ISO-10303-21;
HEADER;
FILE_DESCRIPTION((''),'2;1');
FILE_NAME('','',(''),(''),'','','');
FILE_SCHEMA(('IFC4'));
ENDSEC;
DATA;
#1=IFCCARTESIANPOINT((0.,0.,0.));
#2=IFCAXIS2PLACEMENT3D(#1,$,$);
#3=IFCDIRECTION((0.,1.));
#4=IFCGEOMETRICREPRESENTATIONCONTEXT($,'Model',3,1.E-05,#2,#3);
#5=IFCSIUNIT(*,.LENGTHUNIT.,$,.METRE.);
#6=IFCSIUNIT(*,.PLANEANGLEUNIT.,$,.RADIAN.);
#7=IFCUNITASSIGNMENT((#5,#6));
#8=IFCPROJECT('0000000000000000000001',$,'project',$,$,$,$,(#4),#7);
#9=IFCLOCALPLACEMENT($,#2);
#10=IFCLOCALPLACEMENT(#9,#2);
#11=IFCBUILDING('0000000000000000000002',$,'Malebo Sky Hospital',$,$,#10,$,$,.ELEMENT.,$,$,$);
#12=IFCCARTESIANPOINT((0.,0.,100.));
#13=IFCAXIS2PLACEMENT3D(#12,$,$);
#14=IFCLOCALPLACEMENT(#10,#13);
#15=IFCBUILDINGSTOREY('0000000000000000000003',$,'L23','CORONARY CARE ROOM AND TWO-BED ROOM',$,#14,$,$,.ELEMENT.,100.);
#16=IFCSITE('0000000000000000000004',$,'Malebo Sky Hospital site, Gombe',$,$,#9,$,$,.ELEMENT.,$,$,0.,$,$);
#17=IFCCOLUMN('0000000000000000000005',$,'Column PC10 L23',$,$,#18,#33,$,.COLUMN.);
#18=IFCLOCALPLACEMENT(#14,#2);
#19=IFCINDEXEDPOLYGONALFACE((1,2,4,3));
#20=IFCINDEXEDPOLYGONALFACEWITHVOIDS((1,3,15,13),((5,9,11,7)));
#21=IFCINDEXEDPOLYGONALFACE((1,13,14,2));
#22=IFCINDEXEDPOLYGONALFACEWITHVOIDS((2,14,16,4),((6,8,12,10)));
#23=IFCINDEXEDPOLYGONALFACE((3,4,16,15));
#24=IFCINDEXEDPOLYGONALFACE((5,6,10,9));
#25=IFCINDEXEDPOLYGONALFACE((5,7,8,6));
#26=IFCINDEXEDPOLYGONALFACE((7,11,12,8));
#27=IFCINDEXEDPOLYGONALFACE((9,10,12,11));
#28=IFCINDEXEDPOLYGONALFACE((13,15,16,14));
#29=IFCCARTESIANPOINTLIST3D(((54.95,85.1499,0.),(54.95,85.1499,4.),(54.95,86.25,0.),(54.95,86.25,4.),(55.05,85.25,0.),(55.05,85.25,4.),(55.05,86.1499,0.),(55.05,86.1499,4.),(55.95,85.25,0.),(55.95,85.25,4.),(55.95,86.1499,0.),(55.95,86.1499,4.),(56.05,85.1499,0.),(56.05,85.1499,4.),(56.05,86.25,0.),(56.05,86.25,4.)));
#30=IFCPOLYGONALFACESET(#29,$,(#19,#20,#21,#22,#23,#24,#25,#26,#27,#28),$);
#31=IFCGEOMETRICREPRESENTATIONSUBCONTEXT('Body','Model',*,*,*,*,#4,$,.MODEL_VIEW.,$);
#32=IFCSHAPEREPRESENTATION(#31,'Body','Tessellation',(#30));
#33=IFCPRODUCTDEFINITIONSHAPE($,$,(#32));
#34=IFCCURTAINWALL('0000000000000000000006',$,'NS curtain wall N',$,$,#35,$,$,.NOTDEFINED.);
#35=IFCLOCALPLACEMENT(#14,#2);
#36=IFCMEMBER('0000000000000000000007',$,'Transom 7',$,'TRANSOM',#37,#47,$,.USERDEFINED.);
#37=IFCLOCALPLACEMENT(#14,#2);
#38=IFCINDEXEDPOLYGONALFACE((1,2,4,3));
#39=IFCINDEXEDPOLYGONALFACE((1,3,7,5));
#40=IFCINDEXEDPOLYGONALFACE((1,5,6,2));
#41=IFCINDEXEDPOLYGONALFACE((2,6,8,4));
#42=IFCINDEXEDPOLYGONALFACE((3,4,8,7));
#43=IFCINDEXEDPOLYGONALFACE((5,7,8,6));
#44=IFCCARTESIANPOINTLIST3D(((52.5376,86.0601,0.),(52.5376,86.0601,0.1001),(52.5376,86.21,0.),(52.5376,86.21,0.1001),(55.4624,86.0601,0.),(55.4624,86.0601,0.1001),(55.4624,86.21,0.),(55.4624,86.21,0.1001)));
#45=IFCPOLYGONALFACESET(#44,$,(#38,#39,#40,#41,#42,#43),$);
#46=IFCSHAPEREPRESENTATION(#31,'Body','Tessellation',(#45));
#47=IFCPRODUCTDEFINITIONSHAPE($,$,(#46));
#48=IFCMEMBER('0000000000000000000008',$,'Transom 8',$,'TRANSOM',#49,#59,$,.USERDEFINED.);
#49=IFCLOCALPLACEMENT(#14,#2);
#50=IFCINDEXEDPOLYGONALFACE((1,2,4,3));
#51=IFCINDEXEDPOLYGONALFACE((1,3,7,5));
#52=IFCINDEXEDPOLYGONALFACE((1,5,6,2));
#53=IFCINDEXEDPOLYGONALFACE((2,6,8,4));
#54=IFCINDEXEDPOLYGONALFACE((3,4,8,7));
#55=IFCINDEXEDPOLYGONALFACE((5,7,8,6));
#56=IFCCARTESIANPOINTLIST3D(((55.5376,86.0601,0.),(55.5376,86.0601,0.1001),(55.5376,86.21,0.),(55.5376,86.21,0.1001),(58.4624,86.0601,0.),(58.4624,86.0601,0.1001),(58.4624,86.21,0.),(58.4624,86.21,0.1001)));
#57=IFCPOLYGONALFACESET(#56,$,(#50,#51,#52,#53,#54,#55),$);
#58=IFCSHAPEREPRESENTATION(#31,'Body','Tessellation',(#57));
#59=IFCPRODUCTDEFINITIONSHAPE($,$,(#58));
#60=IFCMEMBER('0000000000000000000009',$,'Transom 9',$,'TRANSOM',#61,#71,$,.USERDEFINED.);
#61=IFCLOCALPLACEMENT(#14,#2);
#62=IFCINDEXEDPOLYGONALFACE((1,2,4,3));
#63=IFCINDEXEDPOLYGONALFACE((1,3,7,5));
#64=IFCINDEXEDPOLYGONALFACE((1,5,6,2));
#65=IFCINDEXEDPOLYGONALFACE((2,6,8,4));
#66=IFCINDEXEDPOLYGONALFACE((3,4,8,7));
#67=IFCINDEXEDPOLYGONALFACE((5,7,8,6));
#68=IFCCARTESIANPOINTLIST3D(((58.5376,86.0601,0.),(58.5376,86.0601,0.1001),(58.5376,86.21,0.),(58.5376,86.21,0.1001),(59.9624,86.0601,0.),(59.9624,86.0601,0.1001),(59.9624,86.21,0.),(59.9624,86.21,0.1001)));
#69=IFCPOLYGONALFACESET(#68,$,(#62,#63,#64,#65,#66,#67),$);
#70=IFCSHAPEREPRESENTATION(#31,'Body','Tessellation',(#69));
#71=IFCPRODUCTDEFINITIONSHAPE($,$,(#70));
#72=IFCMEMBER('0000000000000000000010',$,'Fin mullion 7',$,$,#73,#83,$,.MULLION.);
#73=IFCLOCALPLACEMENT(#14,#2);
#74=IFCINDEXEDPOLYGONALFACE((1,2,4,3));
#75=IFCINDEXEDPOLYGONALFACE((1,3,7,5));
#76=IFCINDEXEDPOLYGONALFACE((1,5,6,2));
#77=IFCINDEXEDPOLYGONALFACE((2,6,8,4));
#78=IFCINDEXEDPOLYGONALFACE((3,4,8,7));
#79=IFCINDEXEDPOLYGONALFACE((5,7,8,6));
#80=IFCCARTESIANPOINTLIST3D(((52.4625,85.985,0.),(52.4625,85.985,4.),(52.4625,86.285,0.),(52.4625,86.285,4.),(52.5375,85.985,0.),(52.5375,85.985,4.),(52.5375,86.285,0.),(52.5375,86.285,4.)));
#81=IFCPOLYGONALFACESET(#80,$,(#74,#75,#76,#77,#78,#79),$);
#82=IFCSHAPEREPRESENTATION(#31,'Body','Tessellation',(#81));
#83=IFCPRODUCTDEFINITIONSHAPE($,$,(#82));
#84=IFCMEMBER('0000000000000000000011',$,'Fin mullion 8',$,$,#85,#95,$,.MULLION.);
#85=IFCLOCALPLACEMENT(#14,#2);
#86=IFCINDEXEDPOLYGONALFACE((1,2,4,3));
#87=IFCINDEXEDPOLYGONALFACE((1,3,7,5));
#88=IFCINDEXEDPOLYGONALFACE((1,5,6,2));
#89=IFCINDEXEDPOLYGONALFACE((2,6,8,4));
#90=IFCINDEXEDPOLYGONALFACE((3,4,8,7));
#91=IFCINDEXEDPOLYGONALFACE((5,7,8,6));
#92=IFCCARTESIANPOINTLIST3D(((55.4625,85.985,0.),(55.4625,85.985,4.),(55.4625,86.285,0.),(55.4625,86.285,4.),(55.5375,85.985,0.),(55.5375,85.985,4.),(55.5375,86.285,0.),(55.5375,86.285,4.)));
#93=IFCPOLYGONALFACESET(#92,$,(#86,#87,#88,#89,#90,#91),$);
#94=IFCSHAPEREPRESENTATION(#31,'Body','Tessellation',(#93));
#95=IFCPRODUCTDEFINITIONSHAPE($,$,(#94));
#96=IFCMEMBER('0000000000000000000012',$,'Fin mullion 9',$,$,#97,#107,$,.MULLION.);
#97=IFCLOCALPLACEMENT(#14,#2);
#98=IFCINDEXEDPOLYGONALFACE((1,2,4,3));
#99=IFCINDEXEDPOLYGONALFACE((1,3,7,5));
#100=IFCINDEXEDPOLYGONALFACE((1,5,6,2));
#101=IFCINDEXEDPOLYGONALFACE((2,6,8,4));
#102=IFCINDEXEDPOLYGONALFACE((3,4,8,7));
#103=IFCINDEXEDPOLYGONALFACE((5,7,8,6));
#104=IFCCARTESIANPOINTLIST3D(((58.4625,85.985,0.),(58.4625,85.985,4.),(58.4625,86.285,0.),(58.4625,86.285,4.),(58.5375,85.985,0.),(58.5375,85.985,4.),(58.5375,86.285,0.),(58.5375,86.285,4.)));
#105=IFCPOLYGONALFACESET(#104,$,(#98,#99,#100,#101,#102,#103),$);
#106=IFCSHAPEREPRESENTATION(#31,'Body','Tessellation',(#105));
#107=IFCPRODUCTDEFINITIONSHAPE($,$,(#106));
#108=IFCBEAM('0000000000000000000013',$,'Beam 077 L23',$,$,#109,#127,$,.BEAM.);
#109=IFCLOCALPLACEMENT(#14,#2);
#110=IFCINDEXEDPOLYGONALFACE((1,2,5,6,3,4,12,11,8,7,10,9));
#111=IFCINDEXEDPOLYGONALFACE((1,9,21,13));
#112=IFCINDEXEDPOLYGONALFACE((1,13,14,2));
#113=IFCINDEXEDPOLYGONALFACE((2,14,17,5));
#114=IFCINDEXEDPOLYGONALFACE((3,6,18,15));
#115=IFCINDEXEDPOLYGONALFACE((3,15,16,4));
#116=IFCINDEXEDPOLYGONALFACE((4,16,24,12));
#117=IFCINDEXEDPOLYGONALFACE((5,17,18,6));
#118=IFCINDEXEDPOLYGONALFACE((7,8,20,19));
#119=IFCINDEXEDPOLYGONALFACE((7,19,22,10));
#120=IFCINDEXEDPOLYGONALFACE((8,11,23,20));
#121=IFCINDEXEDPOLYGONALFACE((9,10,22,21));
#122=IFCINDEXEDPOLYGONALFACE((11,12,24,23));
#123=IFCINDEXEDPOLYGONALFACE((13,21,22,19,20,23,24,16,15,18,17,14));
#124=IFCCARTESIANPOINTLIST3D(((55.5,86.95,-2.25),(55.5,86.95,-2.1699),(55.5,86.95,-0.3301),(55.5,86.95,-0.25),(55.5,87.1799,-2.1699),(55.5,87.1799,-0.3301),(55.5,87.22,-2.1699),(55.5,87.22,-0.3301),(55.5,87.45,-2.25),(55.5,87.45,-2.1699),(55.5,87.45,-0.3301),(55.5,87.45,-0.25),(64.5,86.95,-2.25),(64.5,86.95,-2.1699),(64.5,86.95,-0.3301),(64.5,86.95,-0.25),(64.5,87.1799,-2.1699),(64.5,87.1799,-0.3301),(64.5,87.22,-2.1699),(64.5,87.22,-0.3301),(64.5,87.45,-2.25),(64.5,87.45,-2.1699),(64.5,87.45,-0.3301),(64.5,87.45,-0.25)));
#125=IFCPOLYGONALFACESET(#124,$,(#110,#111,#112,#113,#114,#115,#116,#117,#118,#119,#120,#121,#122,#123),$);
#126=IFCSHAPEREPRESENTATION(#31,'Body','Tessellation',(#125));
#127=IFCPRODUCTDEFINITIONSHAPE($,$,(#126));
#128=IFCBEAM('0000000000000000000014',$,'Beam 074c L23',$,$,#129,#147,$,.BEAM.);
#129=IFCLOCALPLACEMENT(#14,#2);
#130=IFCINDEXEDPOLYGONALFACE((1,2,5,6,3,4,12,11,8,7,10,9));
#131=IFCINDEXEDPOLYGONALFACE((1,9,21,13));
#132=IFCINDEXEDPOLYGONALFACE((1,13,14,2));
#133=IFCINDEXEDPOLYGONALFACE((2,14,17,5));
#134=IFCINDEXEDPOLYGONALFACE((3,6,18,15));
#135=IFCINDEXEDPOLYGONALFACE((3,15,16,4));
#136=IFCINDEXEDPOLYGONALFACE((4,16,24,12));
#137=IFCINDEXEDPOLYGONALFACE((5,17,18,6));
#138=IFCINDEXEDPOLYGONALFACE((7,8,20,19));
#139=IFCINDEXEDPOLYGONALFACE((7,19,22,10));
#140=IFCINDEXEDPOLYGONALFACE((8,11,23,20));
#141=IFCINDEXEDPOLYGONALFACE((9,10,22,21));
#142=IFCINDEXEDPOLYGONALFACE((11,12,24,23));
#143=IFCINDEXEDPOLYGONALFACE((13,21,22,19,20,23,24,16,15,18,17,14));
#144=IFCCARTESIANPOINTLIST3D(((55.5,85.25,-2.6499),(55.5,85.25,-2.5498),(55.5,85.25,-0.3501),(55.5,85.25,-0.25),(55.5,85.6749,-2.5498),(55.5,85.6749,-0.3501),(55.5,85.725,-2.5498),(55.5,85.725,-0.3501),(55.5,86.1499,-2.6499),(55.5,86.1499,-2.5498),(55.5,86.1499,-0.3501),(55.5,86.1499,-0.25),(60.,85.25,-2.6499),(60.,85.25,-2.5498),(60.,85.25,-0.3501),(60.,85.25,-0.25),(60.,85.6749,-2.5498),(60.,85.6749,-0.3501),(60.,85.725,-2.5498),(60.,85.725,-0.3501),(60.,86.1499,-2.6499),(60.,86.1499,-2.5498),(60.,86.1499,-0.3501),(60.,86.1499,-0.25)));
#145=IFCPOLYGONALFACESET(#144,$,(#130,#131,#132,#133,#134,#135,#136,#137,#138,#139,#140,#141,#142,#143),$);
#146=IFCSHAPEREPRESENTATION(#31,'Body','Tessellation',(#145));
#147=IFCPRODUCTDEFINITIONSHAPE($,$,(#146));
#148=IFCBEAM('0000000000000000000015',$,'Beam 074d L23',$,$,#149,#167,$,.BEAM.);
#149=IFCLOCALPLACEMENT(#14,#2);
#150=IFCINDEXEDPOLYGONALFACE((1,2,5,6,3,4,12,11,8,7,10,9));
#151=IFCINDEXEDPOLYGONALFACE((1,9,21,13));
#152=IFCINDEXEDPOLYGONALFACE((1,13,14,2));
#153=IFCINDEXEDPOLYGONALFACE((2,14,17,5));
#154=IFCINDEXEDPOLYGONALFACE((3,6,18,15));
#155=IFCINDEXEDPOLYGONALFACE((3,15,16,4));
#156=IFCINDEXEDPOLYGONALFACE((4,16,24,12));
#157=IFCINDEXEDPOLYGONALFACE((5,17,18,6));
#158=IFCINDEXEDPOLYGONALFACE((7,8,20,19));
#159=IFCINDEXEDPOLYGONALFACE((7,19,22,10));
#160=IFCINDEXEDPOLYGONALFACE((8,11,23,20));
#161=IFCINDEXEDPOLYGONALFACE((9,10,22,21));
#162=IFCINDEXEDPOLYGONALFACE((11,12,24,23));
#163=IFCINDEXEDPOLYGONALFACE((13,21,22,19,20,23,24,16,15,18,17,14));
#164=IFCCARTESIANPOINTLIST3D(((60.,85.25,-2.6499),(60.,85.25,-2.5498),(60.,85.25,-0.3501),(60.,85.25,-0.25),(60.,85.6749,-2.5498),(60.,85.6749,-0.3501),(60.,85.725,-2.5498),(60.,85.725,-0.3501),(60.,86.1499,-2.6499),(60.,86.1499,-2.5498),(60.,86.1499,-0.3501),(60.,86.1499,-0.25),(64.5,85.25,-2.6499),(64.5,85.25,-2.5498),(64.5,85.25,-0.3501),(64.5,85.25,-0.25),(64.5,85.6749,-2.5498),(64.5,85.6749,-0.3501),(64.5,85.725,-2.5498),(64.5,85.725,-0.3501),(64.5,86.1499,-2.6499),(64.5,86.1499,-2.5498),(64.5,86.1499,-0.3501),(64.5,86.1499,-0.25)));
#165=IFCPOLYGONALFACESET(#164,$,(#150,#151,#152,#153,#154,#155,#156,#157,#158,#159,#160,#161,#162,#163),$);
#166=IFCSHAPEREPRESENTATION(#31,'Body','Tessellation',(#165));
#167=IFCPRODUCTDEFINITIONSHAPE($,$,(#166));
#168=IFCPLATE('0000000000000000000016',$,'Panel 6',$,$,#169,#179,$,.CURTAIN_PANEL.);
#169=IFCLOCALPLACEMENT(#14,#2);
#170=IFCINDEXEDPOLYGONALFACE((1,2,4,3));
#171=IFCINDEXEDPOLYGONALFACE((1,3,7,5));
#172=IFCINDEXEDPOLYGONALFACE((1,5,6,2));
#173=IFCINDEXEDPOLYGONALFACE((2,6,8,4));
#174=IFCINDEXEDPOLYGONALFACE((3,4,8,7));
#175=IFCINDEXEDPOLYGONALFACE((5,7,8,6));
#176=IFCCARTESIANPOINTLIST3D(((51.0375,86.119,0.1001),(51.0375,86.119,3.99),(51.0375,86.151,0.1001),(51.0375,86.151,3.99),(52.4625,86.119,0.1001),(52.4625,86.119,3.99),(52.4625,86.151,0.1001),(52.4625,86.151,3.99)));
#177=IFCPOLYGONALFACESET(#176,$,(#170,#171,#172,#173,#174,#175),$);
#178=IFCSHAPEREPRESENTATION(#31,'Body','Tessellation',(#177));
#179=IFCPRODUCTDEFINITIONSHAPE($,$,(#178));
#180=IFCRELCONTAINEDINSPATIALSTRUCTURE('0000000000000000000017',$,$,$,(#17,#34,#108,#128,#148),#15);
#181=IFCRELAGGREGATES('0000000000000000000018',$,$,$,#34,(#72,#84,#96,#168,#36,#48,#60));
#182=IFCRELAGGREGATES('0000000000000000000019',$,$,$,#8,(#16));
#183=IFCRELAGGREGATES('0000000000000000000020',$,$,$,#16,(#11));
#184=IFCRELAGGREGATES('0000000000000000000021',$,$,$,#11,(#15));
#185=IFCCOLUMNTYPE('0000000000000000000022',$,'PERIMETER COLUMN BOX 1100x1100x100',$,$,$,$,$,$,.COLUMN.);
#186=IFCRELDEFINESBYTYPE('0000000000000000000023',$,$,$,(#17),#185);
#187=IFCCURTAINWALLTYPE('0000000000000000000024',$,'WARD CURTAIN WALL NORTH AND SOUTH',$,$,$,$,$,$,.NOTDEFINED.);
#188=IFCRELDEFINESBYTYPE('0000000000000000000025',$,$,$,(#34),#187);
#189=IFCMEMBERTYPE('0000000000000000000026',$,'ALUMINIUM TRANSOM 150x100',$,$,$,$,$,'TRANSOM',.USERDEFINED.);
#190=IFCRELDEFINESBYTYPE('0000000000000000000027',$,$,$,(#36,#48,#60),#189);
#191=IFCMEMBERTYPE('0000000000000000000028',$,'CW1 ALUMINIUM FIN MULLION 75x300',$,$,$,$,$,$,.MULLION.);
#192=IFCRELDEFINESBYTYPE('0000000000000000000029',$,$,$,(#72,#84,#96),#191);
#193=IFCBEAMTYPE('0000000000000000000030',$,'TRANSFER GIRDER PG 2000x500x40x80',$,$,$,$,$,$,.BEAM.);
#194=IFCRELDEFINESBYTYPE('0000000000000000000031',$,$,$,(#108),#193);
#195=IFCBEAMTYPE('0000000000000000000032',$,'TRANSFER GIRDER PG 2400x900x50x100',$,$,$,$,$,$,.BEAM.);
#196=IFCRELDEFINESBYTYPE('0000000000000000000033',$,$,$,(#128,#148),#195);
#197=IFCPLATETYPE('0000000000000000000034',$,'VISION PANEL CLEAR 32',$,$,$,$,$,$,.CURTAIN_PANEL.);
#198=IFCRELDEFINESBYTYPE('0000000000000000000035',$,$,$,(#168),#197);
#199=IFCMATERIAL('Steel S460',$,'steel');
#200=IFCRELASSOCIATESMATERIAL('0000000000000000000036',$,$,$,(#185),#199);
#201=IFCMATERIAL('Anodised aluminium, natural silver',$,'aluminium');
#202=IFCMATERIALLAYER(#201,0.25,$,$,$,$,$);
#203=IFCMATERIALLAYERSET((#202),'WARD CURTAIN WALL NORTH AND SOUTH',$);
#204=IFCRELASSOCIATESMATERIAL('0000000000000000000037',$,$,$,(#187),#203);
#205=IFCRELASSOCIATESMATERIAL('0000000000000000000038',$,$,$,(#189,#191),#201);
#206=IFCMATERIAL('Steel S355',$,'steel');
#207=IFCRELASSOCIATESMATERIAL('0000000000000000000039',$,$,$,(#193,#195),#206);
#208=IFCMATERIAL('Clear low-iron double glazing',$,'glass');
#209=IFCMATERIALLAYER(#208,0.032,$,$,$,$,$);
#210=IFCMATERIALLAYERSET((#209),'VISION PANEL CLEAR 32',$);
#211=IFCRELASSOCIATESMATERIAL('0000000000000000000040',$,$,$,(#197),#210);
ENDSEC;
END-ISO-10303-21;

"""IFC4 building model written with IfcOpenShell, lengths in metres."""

from ifc_helpers import new_model, si_unit, direction, frame, origin, origin_2d, place, context, subcontext, project, spatial, rectangle, hollow_rectangle, i_section, extrude, material, layer, layer_set, material_profile, profile_set, type_object, element, aggregate, save


model = new_model("IFC4")

# Units and contexts
model_context = context("Model", 3, precision=1e-05, world=origin(), true_north=direction((0.0, 1.0)))
body_context = subcontext(model_context, "Body", "Model", "MODEL_VIEW")
ifc_project = project(units=[si_unit("LENGTHUNIT", "METRE"), si_unit("PLANEANGLEUNIT", "RADIAN")], contexts=[model_context])

# Site, building, storey
site_placement = place(None, origin())
site = spatial("IfcSite", under=ifc_project, at=site_placement, Name="Malebo Sky Hospital site, Gombe", CompositionType="ELEMENT", RefElevation=0.0)
building_placement = place(site_placement, origin())
building = spatial("IfcBuilding", under=site, at=building_placement, Name="Malebo Sky Hospital", CompositionType="ELEMENT")
storey_placement = place(building_placement, frame((0.0, 0.0, 100.0)))
storey = spatial("IfcBuildingStorey", under=building, at=storey_placement, Name="L23", Description="CORONARY CARE ROOM AND TWO-BED ROOM", CompositionType="ELEMENT", Elevation=100.0)

# Column
ifc_material_1 = material(Name="Steel S460", Category="steel")
ifc_material_profile_1 = material_profile(ifc_material_1, hollow_rectangle(XDim=1.1001, YDim=1.1001, WallThickness=0.1001, at=origin_2d()), Name="BOX 1100x1100x100")
ifc_profile_set_1 = profile_set([ifc_material_profile_1], Name="Steel S460")
column_type = type_object("IfcColumnType", Name="PERIMETER COLUMN BOX 1100x1100x100", PredefinedType="COLUMN", material=ifc_profile_set_1)
column_placement = place(storey_placement, frame((55.5, 85.7, 0.0), z_axis=(0.0, 0.0, 1.0), x_axis=(1.0, 0.0, 0.0)))
element("IfcColumn", 1, at=column_placement, inside=storey, type_object=column_type, Name="Column PC10 L23", PredefinedType="COLUMN", context=body_context, shape_type="SweptSolid", body=[
    extrude(hollow_rectangle(XDim=1.1001, YDim=1.1001, WallThickness=0.1001, at=origin_2d()), origin(), (0.0, 0.0, 1.0), 4.0),
])

# Curtain wall, members
ifc_material_2 = material(Name="Anodised aluminium, natural silver", Category="aluminium")
ifc_layer_1 = layer(ifc_material_2, 0.25)
ifc_layer_set_1 = layer_set([ifc_layer_1], Name="WARD CURTAIN WALL NORTH AND SOUTH")
curtain_wall_type = type_object("IfcCurtainWallType", Name="WARD CURTAIN WALL NORTH AND SOUTH", PredefinedType="NOTDEFINED", material=ifc_layer_set_1)
curtain_wall_placement = place(storey_placement, origin())
curtain_wall = element("IfcCurtainWall", 2, at=curtain_wall_placement, inside=storey, type_object=curtain_wall_type, Name="NS curtain wall N", PredefinedType="NOTDEFINED")
ifc_material_profile_2 = material_profile(ifc_material_2, rectangle(XDim=0.1499, YDim=0.1001, at=origin_2d()), Name="ALUMINIUM TRANSOM 150x100")
ifc_profile_set_2 = profile_set([ifc_material_profile_2], Name="Anodised aluminium, natural silver")
member_type_1 = type_object("IfcMemberType", Name="ALUMINIUM TRANSOM 150x100", ElementType="TRANSOM", PredefinedType="USERDEFINED", material=ifc_profile_set_2)
member_1_placement = place(storey_placement, frame((52.5376, 86.135, 0.05), z_axis=(1.0, 0.0, 0.0), x_axis=(0.0, 1.0, 0.0)))
member_1 = element("IfcMember", 3, at=member_1_placement, type_object=member_type_1, Name="Transom 7", ObjectType="TRANSOM", PredefinedType="USERDEFINED", context=body_context, shape_type="SweptSolid", body=[
    extrude(rectangle(XDim=0.1499, YDim=0.1001, at=origin_2d()), origin(), (0.0, 0.0, 1.0), 2.9248),
])
member_2_placement = place(storey_placement, frame((55.5376, 86.135, 0.05), z_axis=(1.0, 0.0, 0.0), x_axis=(0.0, 1.0, 0.0)))
member_2 = element("IfcMember", 4, at=member_2_placement, type_object=member_type_1, Name="Transom 8", ObjectType="TRANSOM", PredefinedType="USERDEFINED", context=body_context, shape_type="SweptSolid", body=[
    extrude(rectangle(XDim=0.1499, YDim=0.1001, at=origin_2d()), origin(), (0.0, 0.0, 1.0), 2.9248),
])
member_3_placement = place(storey_placement, frame((58.5376, 86.135, 0.05), z_axis=(1.0, 0.0, 0.0), x_axis=(0.0, 1.0, 0.0)))
member_3 = element("IfcMember", 5, at=member_3_placement, type_object=member_type_1, Name="Transom 9", ObjectType="TRANSOM", PredefinedType="USERDEFINED", context=body_context, shape_type="SweptSolid", body=[
    extrude(rectangle(XDim=0.1499, YDim=0.1001, at=origin_2d()), origin(), (0.0, 0.0, 1.0), 1.4248),
])
ifc_material_profile_3 = material_profile(ifc_material_2, rectangle(XDim=0.075, YDim=0.3, at=origin_2d()), Name="CW1 ALUMINIUM FIN MULLION 75x300")
ifc_profile_set_3 = profile_set([ifc_material_profile_3], Name="Anodised aluminium, natural silver")
member_type_2 = type_object("IfcMemberType", Name="CW1 ALUMINIUM FIN MULLION 75x300", PredefinedType="MULLION", material=ifc_profile_set_3)
member_4_placement = place(storey_placement, frame((52.5, 86.135, 0.0), z_axis=(0.0, 0.0, 1.0), x_axis=(1.0, 0.0, 0.0)))
member_4 = element("IfcMember", 6, at=member_4_placement, type_object=member_type_2, Name="Fin mullion 7", PredefinedType="MULLION", context=body_context, shape_type="SweptSolid", body=[
    extrude(rectangle(XDim=0.075, YDim=0.3, at=origin_2d()), origin(), (0.0, 0.0, 1.0), 4.0),
])
member_5_placement = place(storey_placement, frame((55.5, 86.135, 0.0), z_axis=(0.0, 0.0, 1.0), x_axis=(1.0, 0.0, 0.0)))
member_5 = element("IfcMember", 7, at=member_5_placement, type_object=member_type_2, Name="Fin mullion 8", PredefinedType="MULLION", context=body_context, shape_type="SweptSolid", body=[
    extrude(rectangle(XDim=0.075, YDim=0.3, at=origin_2d()), origin(), (0.0, 0.0, 1.0), 4.0),
])
member_6_placement = place(storey_placement, frame((58.5, 86.135, 0.0), z_axis=(0.0, 0.0, 1.0), x_axis=(1.0, 0.0, 0.0)))
member_6 = element("IfcMember", 8, at=member_6_placement, type_object=member_type_2, Name="Fin mullion 9", PredefinedType="MULLION", context=body_context, shape_type="SweptSolid", body=[
    extrude(rectangle(XDim=0.075, YDim=0.3, at=origin_2d()), origin(), (0.0, 0.0, 1.0), 4.0),
])

# Beams
ifc_material_3 = material(Name="Steel S355", Category="steel")
ifc_material_profile_4 = material_profile(ifc_material_3, i_section(OverallWidth=0.5, OverallDepth=2.0, WebThickness=0.04, FlangeThickness=0.0801, at=origin_2d()), Name="PG 2000x500x40x80")
ifc_profile_set_4 = profile_set([ifc_material_profile_4], Name="Steel S355")
beam_type_1 = type_object("IfcBeamType", Name="TRANSFER GIRDER PG 2000x500x40x80", PredefinedType="BEAM", material=ifc_profile_set_4)
beam_placement = place(storey_placement, frame((55.5, 87.2, -1.25), z_axis=(1.0, 0.0, 0.0), x_axis=(0.0, 1.0, 0.0)))
element("IfcBeam", 9, at=beam_placement, inside=storey, type_object=beam_type_1, Name="Beam 077 L23", PredefinedType="BEAM", context=body_context, shape_type="SweptSolid", body=[
    extrude(i_section(OverallWidth=0.5, OverallDepth=2.0, WebThickness=0.04, FlangeThickness=0.0801, at=origin_2d()), origin(), (0.0, 0.0, 1.0), 9.0),
])
ifc_material_profile_5 = material_profile(ifc_material_3, i_section(OverallWidth=0.8999, OverallDepth=2.3999, WebThickness=0.05, FlangeThickness=0.1001, at=origin_2d()), Name="PG 2400x900x50x100")
ifc_profile_set_5 = profile_set([ifc_material_profile_5], Name="Steel S355")
beam_type_2 = type_object("IfcBeamType", Name="TRANSFER GIRDER PG 2400x900x50x100", PredefinedType="BEAM", material=ifc_profile_set_5)
for number, where, z_axis, x_axis, name in (
    (10, (55.5, 85.7, -1.45), (1.0, 0.0, 0.0), (0.0, 1.0, 0.0), "Beam 074c L23"),
    (11, (60.0, 85.7, -1.45), (1.0, 0.0, 0.0), (0.0, 1.0, 0.0), "Beam 074d L23"),
):
    element("IfcBeam", number, at=place(storey_placement, frame(where, z_axis=z_axis, x_axis=x_axis)), inside=storey, type_object=beam_type_2, Name=name, PredefinedType="BEAM", context=body_context, shape_type="SweptSolid", body=[
        extrude(i_section(OverallWidth=0.8999, OverallDepth=2.3999, WebThickness=0.05, FlangeThickness=0.1001, at=origin_2d()), origin(), (0.0, 0.0, 1.0), 4.5),
    ])

# Plate
ifc_material_4 = material(Name="Clear low-iron double glazing", Category="glass")
ifc_layer_2 = layer(ifc_material_4, 0.032)
ifc_layer_set_2 = layer_set([ifc_layer_2], Name="VISION PANEL CLEAR 32")
plate_type = type_object("IfcPlateType", Name="VISION PANEL CLEAR 32", PredefinedType="CURTAIN_PANEL", material=ifc_layer_set_2)
plate_1_placement = place(storey_placement, frame((51.75, 86.135, 0.1001), z_axis=(0.0, 0.0, 1.0), x_axis=(1.0, 0.0, 0.0)))
plate_1 = element("IfcPlate", 12, at=plate_1_placement, type_object=plate_type, Name="Panel 6", PredefinedType="CURTAIN_PANEL", context=body_context, shape_type="SweptSolid", body=[
    extrude(rectangle(XDim=1.425, YDim=0.032, at=origin_2d()), origin(), (0.0, 0.0, 1.0), 3.8899),
])
aggregate(curtain_wall, [member_4, member_5, member_6, plate_1, member_1, member_2, member_3])

save(model, "model.ifc")
